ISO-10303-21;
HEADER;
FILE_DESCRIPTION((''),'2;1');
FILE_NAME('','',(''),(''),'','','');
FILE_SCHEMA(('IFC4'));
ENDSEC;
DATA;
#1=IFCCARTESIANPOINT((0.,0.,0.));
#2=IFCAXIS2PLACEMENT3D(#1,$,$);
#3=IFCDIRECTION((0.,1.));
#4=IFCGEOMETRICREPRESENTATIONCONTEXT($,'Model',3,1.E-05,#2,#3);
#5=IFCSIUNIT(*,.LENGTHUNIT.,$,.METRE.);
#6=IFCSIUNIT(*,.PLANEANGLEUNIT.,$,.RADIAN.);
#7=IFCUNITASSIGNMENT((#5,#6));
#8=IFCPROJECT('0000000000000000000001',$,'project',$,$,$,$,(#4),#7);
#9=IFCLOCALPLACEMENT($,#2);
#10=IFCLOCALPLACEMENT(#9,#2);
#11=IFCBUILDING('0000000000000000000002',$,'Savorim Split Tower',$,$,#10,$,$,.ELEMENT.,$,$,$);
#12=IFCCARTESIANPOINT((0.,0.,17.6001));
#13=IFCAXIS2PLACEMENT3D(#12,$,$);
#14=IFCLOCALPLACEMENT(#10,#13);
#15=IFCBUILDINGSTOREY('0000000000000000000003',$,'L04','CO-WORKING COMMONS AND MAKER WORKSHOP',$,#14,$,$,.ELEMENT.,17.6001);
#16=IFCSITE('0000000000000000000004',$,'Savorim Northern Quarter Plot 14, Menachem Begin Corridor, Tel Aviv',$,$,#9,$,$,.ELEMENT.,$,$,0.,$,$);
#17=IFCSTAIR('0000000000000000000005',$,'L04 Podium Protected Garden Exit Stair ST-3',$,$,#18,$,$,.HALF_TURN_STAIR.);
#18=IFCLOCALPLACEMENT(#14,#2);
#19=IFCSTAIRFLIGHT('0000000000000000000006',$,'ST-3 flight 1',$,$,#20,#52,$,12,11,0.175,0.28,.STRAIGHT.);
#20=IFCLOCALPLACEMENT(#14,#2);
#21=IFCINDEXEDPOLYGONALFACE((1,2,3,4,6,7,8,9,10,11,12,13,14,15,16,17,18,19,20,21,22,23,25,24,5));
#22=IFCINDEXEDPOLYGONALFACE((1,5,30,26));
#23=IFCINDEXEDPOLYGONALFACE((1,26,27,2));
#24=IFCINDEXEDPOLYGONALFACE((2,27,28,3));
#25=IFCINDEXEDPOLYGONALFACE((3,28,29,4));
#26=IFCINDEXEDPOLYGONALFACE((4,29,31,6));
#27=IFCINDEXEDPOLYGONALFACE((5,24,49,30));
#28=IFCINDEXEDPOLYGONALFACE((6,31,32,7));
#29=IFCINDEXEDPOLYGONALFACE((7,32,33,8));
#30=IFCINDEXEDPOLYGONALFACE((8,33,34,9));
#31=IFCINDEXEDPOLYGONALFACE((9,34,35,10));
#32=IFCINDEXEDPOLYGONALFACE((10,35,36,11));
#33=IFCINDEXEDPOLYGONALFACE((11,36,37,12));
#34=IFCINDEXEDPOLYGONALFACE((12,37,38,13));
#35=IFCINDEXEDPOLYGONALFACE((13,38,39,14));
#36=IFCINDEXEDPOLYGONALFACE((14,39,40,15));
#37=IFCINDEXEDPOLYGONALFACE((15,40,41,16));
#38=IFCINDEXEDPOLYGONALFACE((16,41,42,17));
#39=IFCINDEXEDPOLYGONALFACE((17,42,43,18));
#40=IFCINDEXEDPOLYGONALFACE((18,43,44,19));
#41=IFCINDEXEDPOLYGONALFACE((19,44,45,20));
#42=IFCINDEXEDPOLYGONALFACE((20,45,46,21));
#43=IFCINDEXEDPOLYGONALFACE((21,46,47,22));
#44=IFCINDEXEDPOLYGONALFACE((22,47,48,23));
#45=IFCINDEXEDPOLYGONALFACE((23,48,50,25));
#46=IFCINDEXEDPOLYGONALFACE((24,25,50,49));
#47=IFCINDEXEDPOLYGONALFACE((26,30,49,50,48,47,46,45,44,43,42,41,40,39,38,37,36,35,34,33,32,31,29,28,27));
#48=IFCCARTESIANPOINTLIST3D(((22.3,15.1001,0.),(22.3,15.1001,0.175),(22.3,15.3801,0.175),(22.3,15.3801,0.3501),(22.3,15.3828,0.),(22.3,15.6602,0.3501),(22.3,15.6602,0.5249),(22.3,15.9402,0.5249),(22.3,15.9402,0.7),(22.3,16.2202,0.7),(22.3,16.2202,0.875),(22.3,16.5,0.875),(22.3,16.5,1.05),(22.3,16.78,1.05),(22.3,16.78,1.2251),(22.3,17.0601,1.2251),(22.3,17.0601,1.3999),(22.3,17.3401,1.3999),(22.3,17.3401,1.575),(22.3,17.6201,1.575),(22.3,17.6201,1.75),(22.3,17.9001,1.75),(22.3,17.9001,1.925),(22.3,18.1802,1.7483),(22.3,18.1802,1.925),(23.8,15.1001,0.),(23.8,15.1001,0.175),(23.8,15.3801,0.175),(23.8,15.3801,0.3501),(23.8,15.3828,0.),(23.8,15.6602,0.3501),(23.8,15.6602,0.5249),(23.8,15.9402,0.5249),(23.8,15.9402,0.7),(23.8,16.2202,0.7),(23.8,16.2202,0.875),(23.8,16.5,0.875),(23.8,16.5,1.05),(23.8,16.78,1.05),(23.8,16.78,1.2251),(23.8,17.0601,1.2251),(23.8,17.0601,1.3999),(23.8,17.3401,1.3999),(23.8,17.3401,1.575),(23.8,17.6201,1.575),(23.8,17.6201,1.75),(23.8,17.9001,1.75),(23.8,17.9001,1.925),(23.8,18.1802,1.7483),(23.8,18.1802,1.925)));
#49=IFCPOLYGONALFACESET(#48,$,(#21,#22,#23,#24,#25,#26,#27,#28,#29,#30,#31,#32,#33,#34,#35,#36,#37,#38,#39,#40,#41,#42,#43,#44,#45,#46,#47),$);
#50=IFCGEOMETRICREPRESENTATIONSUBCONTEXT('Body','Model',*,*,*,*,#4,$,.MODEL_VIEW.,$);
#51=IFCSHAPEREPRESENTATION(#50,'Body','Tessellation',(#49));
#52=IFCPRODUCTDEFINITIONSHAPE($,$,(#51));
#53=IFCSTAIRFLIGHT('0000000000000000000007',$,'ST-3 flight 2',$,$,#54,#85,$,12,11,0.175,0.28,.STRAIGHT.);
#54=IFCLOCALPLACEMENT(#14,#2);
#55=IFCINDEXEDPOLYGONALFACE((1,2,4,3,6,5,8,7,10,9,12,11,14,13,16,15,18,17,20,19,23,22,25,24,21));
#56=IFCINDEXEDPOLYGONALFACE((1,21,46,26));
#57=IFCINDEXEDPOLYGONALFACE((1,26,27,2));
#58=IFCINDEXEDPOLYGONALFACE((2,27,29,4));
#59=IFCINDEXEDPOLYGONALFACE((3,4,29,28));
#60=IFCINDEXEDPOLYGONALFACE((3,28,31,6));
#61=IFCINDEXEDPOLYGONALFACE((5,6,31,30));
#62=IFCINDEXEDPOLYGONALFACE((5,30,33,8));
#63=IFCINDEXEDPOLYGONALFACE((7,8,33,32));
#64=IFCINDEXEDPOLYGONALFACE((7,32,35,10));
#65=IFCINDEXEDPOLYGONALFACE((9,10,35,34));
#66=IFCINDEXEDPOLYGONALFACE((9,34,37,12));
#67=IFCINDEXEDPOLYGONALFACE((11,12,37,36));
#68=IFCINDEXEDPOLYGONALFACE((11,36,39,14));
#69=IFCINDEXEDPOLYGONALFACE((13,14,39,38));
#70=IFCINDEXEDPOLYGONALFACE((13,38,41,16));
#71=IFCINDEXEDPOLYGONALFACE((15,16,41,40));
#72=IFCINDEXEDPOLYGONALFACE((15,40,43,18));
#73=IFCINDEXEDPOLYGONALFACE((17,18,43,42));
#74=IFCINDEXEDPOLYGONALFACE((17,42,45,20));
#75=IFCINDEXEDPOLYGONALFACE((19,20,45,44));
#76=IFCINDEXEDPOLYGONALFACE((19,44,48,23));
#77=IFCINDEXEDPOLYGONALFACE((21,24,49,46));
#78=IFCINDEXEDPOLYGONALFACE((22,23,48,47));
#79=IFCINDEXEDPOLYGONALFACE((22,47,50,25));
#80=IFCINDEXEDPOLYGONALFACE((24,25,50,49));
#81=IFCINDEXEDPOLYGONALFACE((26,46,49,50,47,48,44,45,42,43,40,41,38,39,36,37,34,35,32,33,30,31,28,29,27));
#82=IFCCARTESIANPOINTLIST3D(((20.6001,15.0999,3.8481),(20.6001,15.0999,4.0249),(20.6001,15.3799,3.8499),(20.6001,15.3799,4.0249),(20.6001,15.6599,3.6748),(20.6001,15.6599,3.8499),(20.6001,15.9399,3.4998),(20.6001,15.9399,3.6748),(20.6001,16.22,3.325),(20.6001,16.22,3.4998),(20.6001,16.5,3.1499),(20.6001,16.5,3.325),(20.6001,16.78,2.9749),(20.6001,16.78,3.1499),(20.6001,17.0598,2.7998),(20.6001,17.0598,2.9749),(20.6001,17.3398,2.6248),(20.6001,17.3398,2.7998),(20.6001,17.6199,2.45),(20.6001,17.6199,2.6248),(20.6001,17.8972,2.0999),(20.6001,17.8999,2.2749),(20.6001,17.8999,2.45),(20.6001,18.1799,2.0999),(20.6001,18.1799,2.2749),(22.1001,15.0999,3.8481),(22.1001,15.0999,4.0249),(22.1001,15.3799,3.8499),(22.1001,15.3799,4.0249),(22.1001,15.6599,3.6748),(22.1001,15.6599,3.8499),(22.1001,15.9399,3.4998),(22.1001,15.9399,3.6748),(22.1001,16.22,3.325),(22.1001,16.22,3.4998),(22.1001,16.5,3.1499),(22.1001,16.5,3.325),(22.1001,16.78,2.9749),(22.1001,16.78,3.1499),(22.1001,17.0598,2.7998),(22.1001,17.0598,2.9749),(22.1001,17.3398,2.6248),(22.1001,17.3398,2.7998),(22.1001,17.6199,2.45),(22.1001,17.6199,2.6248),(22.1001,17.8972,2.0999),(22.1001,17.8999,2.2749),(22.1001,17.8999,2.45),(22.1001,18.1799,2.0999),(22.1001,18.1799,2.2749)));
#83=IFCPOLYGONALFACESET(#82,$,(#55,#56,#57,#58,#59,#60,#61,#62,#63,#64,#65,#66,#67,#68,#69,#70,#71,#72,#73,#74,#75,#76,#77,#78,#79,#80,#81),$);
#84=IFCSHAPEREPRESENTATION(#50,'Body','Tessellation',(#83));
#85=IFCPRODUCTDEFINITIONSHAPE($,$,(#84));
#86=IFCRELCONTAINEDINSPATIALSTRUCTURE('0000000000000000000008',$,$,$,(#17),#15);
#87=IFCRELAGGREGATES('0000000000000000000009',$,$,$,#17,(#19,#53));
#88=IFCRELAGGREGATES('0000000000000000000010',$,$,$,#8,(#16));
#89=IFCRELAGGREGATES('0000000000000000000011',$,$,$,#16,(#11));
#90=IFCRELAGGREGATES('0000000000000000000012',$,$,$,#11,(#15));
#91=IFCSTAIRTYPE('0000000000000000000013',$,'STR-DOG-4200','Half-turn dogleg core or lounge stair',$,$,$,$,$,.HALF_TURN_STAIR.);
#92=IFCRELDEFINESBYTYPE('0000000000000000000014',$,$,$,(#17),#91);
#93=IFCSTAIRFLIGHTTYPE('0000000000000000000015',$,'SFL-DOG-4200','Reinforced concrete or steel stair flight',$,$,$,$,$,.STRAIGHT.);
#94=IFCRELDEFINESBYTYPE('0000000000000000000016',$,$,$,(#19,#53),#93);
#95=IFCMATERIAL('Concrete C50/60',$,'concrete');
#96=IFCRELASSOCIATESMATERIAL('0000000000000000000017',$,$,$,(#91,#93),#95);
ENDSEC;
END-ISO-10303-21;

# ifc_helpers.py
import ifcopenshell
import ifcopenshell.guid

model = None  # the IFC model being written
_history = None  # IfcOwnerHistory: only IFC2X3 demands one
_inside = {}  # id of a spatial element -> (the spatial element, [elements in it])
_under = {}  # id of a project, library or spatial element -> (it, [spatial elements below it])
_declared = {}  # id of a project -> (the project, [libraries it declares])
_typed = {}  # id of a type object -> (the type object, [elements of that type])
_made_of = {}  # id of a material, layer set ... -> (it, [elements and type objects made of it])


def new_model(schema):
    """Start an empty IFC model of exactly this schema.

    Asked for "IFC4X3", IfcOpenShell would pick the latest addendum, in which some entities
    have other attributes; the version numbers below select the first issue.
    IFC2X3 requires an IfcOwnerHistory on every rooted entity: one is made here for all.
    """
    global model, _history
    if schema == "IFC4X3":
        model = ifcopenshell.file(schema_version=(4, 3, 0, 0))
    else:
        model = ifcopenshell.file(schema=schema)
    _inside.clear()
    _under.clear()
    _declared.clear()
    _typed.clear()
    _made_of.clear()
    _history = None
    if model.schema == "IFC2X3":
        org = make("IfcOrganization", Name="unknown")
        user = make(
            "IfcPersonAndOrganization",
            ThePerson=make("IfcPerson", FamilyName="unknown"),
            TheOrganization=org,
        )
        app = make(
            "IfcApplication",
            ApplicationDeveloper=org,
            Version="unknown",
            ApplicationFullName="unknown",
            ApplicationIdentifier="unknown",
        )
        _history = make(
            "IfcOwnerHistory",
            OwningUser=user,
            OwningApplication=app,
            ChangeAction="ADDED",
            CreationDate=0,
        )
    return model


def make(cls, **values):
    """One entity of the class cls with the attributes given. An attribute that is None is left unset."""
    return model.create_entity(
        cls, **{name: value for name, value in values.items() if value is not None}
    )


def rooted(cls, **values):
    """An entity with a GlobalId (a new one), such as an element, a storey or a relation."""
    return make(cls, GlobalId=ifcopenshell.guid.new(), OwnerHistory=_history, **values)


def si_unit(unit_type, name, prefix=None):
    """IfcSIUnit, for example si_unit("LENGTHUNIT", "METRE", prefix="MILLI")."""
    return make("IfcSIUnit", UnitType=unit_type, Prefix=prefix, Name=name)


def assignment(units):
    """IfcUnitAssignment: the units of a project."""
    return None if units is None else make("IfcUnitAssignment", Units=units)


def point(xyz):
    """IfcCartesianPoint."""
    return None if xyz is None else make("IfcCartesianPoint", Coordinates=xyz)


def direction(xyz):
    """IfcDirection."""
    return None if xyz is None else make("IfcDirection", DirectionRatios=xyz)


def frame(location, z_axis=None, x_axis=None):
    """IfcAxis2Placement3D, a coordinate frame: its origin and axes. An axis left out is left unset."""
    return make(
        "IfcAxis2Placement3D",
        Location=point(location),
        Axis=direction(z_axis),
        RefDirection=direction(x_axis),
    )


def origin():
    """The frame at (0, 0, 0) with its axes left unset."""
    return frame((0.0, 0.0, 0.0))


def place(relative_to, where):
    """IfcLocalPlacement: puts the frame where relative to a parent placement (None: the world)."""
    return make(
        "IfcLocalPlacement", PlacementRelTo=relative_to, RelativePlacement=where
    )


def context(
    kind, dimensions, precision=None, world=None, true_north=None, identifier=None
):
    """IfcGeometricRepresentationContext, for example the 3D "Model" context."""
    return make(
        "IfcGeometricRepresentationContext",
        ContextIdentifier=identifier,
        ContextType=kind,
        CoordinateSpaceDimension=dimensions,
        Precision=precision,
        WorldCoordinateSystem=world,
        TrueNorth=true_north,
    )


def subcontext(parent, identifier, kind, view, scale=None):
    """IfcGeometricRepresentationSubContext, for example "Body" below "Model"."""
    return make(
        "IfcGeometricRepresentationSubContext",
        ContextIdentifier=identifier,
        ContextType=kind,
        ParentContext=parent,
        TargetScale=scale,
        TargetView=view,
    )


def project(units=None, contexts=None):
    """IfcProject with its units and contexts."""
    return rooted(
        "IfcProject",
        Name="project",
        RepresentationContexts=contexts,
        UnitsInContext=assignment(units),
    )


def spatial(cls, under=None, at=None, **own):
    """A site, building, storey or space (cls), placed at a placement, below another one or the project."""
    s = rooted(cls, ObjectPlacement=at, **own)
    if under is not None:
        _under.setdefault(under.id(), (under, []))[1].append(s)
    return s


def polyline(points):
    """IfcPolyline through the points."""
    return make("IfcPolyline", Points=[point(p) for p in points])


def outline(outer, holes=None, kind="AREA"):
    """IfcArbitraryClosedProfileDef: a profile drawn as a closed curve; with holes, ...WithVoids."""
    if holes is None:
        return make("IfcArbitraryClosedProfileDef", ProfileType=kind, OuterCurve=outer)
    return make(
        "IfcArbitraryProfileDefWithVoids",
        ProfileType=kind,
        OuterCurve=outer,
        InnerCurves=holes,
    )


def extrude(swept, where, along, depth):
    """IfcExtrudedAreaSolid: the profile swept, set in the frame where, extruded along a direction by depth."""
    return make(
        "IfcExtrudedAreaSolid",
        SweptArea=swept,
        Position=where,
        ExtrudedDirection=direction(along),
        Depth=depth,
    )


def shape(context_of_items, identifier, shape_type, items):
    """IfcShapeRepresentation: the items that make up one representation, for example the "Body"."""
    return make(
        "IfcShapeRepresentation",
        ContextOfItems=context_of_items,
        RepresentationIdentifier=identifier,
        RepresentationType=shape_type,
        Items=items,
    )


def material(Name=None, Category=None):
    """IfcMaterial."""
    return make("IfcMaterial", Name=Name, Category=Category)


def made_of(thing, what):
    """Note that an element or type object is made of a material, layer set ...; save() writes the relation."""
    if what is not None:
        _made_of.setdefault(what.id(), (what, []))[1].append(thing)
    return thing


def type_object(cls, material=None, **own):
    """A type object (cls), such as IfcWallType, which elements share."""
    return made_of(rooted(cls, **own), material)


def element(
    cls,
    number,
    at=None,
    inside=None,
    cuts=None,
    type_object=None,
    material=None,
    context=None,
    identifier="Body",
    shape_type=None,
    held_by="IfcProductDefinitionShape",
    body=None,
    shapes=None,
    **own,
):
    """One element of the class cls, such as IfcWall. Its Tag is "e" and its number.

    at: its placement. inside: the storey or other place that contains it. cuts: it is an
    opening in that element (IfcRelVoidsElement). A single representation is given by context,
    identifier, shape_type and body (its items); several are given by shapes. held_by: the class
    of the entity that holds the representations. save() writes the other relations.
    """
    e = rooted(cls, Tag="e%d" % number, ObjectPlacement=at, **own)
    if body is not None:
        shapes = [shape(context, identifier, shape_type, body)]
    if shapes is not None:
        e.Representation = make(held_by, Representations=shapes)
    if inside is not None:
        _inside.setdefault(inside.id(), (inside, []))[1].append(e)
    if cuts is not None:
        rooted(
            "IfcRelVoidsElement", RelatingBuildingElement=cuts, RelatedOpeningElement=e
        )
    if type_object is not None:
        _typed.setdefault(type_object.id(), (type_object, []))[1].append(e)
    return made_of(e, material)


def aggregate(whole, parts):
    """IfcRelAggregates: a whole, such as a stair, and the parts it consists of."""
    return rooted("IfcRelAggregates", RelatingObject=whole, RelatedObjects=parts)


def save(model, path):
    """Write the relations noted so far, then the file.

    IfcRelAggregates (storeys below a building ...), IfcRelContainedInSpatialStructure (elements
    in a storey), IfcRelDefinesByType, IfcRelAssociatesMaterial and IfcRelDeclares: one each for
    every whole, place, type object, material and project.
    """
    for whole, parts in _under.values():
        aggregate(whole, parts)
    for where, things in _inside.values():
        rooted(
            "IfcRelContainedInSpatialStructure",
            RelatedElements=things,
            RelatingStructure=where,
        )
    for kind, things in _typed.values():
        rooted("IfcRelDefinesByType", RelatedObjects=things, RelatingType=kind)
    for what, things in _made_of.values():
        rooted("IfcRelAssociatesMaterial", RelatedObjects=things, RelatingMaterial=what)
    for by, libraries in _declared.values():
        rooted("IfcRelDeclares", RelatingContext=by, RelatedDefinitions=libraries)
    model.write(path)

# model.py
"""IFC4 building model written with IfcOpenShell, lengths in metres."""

from ifc_helpers import new_model, si_unit, direction, frame, origin, place, context, subcontext, project, spatial, polyline, outline, extrude, material, type_object, element, aggregate, save


model = new_model("IFC4")

# Units and contexts
model_context = context("Model", 3, precision=1e-05, world=origin(), true_north=direction((0.0, 1.0)))
body_context = subcontext(model_context, "Body", "Model", "MODEL_VIEW")
ifc_project = project(units=[si_unit("LENGTHUNIT", "METRE"), si_unit("PLANEANGLEUNIT", "RADIAN")], contexts=[model_context])

# Site, building, storey
site_placement = place(None, origin())
site = spatial("IfcSite", under=ifc_project, at=site_placement, Name="Savorim Northern Quarter Plot 14, Menachem Begin Corridor, Tel Aviv", CompositionType="ELEMENT", RefElevation=0.0)
building_placement = place(site_placement, origin())
building = spatial("IfcBuilding", under=site, at=building_placement, Name="Savorim Split Tower", CompositionType="ELEMENT")
storey_placement = place(building_placement, frame((0.0, 0.0, 17.6001)))
storey = spatial("IfcBuildingStorey", under=building, at=storey_placement, Name="L04", Description="CO-WORKING COMMONS AND MAKER WORKSHOP", CompositionType="ELEMENT", Elevation=17.6001)

# Shared definitions
ifc_material_1 = material(Name="Concrete C50/60", Category="concrete")

# Stair, stair flights
stair_type = type_object("IfcStairType", Name="STR-DOG-4200", Description="Half-turn dogleg core or lounge stair", PredefinedType="HALF_TURN_STAIR", material=ifc_material_1)
stair_placement = place(storey_placement, origin())
stair = element("IfcStair", 1, at=stair_placement, inside=storey, type_object=stair_type, Name="L04 Podium Protected Garden Exit Stair ST-3", PredefinedType="HALF_TURN_STAIR")
stair_flight_type = type_object("IfcStairFlightType", Name="SFL-DOG-4200", Description="Reinforced concrete or steel stair flight", PredefinedType="STRAIGHT", material=ifc_material_1)
stair_flight_1_placement = place(storey_placement, frame((23.05, 15.1001, 0.0), z_axis=(0.0, 0.0, 1.0), x_axis=(0.0, 1.0, 0.0)))
stair_flight_1 = element("IfcStairFlight", 2, at=stair_flight_1_placement, type_object=stair_flight_type, Name="ST-3 flight 1", NumberOfRisers=12, NumberOfTreads=11, PredefinedType="STRAIGHT", RiserHeight=0.175, TreadLength=0.28, context=body_context, shape_type="SweptSolid", body=[
    extrude(outline(polyline([(0.0, 0.0), (0.0, 0.175), (0.28, 0.175), (0.28, 0.3501), (0.5601, 0.3501), (0.5601, 0.5249), (0.8401, 0.5249), (0.8401, 0.7), (1.1201, 0.7), (1.1201, 0.875), (1.3999, 0.875), (1.3999, 1.05), (1.6799, 1.05), (1.6799, 1.2251), (1.96, 1.2251), (1.96, 1.3999), (2.24, 1.3999), (2.24, 1.575), (2.52, 1.575), (2.52, 1.75), (2.8, 1.75), (2.8, 1.925), (3.0801, 1.925), (3.0801, 2.1001), (3.0801, 1.7483), (0.2827, 0.0), (0.0, 0.0)])), frame((0.0, 0.75, 0.0), z_axis=(0.0, -1.0, 0.0), x_axis=(1.0, 0.0, 0.0)), (0.0, 0.0, 1.0), 1.5),
])
stair_flight_2_placement = place(storey_placement, frame((21.3501, 18.1799, 2.0999), z_axis=(0.0, 0.0, 1.0), x_axis=(0.0, -1.0, 0.0)))
stair_flight_2 = element("IfcStairFlight", 3, at=stair_flight_2_placement, type_object=stair_flight_type, Name="ST-3 flight 2", NumberOfRisers=12, NumberOfTreads=11, PredefinedType="STRAIGHT", RiserHeight=0.175, TreadLength=0.28, context=body_context, shape_type="SweptSolid", body=[
    extrude(outline(polyline([(0.0, 0.0), (0.0, 0.175), (0.28, 0.175), (0.28, 0.3501), (0.5601, 0.3501), (0.5601, 0.5249), (0.8401, 0.5249), (0.8401, 0.7), (1.1201, 0.7), (1.1201, 0.875), (1.3999, 0.875), (1.3999, 1.05), (1.6799, 1.05), (1.6799, 1.2251), (1.96, 1.2251), (1.96, 1.3999), (2.24, 1.3999), (2.24, 1.575), (2.52, 1.575), (2.52, 1.75), (2.8, 1.75), (2.8, 1.925), (3.0801, 1.925), (3.0801, 2.1001), (3.0801, 1.7483), (0.2827, 0.0), (0.0, 0.0)])), frame((0.0, 0.75, 0.0), z_axis=(0.0, -1.0, 0.0), x_axis=(1.0, 0.0, 0.0)), (0.0, 0.0, 1.0), 1.5),
])
aggregate(stair, [stair_flight_1, stair_flight_2])

save(model, "model.ifc")
